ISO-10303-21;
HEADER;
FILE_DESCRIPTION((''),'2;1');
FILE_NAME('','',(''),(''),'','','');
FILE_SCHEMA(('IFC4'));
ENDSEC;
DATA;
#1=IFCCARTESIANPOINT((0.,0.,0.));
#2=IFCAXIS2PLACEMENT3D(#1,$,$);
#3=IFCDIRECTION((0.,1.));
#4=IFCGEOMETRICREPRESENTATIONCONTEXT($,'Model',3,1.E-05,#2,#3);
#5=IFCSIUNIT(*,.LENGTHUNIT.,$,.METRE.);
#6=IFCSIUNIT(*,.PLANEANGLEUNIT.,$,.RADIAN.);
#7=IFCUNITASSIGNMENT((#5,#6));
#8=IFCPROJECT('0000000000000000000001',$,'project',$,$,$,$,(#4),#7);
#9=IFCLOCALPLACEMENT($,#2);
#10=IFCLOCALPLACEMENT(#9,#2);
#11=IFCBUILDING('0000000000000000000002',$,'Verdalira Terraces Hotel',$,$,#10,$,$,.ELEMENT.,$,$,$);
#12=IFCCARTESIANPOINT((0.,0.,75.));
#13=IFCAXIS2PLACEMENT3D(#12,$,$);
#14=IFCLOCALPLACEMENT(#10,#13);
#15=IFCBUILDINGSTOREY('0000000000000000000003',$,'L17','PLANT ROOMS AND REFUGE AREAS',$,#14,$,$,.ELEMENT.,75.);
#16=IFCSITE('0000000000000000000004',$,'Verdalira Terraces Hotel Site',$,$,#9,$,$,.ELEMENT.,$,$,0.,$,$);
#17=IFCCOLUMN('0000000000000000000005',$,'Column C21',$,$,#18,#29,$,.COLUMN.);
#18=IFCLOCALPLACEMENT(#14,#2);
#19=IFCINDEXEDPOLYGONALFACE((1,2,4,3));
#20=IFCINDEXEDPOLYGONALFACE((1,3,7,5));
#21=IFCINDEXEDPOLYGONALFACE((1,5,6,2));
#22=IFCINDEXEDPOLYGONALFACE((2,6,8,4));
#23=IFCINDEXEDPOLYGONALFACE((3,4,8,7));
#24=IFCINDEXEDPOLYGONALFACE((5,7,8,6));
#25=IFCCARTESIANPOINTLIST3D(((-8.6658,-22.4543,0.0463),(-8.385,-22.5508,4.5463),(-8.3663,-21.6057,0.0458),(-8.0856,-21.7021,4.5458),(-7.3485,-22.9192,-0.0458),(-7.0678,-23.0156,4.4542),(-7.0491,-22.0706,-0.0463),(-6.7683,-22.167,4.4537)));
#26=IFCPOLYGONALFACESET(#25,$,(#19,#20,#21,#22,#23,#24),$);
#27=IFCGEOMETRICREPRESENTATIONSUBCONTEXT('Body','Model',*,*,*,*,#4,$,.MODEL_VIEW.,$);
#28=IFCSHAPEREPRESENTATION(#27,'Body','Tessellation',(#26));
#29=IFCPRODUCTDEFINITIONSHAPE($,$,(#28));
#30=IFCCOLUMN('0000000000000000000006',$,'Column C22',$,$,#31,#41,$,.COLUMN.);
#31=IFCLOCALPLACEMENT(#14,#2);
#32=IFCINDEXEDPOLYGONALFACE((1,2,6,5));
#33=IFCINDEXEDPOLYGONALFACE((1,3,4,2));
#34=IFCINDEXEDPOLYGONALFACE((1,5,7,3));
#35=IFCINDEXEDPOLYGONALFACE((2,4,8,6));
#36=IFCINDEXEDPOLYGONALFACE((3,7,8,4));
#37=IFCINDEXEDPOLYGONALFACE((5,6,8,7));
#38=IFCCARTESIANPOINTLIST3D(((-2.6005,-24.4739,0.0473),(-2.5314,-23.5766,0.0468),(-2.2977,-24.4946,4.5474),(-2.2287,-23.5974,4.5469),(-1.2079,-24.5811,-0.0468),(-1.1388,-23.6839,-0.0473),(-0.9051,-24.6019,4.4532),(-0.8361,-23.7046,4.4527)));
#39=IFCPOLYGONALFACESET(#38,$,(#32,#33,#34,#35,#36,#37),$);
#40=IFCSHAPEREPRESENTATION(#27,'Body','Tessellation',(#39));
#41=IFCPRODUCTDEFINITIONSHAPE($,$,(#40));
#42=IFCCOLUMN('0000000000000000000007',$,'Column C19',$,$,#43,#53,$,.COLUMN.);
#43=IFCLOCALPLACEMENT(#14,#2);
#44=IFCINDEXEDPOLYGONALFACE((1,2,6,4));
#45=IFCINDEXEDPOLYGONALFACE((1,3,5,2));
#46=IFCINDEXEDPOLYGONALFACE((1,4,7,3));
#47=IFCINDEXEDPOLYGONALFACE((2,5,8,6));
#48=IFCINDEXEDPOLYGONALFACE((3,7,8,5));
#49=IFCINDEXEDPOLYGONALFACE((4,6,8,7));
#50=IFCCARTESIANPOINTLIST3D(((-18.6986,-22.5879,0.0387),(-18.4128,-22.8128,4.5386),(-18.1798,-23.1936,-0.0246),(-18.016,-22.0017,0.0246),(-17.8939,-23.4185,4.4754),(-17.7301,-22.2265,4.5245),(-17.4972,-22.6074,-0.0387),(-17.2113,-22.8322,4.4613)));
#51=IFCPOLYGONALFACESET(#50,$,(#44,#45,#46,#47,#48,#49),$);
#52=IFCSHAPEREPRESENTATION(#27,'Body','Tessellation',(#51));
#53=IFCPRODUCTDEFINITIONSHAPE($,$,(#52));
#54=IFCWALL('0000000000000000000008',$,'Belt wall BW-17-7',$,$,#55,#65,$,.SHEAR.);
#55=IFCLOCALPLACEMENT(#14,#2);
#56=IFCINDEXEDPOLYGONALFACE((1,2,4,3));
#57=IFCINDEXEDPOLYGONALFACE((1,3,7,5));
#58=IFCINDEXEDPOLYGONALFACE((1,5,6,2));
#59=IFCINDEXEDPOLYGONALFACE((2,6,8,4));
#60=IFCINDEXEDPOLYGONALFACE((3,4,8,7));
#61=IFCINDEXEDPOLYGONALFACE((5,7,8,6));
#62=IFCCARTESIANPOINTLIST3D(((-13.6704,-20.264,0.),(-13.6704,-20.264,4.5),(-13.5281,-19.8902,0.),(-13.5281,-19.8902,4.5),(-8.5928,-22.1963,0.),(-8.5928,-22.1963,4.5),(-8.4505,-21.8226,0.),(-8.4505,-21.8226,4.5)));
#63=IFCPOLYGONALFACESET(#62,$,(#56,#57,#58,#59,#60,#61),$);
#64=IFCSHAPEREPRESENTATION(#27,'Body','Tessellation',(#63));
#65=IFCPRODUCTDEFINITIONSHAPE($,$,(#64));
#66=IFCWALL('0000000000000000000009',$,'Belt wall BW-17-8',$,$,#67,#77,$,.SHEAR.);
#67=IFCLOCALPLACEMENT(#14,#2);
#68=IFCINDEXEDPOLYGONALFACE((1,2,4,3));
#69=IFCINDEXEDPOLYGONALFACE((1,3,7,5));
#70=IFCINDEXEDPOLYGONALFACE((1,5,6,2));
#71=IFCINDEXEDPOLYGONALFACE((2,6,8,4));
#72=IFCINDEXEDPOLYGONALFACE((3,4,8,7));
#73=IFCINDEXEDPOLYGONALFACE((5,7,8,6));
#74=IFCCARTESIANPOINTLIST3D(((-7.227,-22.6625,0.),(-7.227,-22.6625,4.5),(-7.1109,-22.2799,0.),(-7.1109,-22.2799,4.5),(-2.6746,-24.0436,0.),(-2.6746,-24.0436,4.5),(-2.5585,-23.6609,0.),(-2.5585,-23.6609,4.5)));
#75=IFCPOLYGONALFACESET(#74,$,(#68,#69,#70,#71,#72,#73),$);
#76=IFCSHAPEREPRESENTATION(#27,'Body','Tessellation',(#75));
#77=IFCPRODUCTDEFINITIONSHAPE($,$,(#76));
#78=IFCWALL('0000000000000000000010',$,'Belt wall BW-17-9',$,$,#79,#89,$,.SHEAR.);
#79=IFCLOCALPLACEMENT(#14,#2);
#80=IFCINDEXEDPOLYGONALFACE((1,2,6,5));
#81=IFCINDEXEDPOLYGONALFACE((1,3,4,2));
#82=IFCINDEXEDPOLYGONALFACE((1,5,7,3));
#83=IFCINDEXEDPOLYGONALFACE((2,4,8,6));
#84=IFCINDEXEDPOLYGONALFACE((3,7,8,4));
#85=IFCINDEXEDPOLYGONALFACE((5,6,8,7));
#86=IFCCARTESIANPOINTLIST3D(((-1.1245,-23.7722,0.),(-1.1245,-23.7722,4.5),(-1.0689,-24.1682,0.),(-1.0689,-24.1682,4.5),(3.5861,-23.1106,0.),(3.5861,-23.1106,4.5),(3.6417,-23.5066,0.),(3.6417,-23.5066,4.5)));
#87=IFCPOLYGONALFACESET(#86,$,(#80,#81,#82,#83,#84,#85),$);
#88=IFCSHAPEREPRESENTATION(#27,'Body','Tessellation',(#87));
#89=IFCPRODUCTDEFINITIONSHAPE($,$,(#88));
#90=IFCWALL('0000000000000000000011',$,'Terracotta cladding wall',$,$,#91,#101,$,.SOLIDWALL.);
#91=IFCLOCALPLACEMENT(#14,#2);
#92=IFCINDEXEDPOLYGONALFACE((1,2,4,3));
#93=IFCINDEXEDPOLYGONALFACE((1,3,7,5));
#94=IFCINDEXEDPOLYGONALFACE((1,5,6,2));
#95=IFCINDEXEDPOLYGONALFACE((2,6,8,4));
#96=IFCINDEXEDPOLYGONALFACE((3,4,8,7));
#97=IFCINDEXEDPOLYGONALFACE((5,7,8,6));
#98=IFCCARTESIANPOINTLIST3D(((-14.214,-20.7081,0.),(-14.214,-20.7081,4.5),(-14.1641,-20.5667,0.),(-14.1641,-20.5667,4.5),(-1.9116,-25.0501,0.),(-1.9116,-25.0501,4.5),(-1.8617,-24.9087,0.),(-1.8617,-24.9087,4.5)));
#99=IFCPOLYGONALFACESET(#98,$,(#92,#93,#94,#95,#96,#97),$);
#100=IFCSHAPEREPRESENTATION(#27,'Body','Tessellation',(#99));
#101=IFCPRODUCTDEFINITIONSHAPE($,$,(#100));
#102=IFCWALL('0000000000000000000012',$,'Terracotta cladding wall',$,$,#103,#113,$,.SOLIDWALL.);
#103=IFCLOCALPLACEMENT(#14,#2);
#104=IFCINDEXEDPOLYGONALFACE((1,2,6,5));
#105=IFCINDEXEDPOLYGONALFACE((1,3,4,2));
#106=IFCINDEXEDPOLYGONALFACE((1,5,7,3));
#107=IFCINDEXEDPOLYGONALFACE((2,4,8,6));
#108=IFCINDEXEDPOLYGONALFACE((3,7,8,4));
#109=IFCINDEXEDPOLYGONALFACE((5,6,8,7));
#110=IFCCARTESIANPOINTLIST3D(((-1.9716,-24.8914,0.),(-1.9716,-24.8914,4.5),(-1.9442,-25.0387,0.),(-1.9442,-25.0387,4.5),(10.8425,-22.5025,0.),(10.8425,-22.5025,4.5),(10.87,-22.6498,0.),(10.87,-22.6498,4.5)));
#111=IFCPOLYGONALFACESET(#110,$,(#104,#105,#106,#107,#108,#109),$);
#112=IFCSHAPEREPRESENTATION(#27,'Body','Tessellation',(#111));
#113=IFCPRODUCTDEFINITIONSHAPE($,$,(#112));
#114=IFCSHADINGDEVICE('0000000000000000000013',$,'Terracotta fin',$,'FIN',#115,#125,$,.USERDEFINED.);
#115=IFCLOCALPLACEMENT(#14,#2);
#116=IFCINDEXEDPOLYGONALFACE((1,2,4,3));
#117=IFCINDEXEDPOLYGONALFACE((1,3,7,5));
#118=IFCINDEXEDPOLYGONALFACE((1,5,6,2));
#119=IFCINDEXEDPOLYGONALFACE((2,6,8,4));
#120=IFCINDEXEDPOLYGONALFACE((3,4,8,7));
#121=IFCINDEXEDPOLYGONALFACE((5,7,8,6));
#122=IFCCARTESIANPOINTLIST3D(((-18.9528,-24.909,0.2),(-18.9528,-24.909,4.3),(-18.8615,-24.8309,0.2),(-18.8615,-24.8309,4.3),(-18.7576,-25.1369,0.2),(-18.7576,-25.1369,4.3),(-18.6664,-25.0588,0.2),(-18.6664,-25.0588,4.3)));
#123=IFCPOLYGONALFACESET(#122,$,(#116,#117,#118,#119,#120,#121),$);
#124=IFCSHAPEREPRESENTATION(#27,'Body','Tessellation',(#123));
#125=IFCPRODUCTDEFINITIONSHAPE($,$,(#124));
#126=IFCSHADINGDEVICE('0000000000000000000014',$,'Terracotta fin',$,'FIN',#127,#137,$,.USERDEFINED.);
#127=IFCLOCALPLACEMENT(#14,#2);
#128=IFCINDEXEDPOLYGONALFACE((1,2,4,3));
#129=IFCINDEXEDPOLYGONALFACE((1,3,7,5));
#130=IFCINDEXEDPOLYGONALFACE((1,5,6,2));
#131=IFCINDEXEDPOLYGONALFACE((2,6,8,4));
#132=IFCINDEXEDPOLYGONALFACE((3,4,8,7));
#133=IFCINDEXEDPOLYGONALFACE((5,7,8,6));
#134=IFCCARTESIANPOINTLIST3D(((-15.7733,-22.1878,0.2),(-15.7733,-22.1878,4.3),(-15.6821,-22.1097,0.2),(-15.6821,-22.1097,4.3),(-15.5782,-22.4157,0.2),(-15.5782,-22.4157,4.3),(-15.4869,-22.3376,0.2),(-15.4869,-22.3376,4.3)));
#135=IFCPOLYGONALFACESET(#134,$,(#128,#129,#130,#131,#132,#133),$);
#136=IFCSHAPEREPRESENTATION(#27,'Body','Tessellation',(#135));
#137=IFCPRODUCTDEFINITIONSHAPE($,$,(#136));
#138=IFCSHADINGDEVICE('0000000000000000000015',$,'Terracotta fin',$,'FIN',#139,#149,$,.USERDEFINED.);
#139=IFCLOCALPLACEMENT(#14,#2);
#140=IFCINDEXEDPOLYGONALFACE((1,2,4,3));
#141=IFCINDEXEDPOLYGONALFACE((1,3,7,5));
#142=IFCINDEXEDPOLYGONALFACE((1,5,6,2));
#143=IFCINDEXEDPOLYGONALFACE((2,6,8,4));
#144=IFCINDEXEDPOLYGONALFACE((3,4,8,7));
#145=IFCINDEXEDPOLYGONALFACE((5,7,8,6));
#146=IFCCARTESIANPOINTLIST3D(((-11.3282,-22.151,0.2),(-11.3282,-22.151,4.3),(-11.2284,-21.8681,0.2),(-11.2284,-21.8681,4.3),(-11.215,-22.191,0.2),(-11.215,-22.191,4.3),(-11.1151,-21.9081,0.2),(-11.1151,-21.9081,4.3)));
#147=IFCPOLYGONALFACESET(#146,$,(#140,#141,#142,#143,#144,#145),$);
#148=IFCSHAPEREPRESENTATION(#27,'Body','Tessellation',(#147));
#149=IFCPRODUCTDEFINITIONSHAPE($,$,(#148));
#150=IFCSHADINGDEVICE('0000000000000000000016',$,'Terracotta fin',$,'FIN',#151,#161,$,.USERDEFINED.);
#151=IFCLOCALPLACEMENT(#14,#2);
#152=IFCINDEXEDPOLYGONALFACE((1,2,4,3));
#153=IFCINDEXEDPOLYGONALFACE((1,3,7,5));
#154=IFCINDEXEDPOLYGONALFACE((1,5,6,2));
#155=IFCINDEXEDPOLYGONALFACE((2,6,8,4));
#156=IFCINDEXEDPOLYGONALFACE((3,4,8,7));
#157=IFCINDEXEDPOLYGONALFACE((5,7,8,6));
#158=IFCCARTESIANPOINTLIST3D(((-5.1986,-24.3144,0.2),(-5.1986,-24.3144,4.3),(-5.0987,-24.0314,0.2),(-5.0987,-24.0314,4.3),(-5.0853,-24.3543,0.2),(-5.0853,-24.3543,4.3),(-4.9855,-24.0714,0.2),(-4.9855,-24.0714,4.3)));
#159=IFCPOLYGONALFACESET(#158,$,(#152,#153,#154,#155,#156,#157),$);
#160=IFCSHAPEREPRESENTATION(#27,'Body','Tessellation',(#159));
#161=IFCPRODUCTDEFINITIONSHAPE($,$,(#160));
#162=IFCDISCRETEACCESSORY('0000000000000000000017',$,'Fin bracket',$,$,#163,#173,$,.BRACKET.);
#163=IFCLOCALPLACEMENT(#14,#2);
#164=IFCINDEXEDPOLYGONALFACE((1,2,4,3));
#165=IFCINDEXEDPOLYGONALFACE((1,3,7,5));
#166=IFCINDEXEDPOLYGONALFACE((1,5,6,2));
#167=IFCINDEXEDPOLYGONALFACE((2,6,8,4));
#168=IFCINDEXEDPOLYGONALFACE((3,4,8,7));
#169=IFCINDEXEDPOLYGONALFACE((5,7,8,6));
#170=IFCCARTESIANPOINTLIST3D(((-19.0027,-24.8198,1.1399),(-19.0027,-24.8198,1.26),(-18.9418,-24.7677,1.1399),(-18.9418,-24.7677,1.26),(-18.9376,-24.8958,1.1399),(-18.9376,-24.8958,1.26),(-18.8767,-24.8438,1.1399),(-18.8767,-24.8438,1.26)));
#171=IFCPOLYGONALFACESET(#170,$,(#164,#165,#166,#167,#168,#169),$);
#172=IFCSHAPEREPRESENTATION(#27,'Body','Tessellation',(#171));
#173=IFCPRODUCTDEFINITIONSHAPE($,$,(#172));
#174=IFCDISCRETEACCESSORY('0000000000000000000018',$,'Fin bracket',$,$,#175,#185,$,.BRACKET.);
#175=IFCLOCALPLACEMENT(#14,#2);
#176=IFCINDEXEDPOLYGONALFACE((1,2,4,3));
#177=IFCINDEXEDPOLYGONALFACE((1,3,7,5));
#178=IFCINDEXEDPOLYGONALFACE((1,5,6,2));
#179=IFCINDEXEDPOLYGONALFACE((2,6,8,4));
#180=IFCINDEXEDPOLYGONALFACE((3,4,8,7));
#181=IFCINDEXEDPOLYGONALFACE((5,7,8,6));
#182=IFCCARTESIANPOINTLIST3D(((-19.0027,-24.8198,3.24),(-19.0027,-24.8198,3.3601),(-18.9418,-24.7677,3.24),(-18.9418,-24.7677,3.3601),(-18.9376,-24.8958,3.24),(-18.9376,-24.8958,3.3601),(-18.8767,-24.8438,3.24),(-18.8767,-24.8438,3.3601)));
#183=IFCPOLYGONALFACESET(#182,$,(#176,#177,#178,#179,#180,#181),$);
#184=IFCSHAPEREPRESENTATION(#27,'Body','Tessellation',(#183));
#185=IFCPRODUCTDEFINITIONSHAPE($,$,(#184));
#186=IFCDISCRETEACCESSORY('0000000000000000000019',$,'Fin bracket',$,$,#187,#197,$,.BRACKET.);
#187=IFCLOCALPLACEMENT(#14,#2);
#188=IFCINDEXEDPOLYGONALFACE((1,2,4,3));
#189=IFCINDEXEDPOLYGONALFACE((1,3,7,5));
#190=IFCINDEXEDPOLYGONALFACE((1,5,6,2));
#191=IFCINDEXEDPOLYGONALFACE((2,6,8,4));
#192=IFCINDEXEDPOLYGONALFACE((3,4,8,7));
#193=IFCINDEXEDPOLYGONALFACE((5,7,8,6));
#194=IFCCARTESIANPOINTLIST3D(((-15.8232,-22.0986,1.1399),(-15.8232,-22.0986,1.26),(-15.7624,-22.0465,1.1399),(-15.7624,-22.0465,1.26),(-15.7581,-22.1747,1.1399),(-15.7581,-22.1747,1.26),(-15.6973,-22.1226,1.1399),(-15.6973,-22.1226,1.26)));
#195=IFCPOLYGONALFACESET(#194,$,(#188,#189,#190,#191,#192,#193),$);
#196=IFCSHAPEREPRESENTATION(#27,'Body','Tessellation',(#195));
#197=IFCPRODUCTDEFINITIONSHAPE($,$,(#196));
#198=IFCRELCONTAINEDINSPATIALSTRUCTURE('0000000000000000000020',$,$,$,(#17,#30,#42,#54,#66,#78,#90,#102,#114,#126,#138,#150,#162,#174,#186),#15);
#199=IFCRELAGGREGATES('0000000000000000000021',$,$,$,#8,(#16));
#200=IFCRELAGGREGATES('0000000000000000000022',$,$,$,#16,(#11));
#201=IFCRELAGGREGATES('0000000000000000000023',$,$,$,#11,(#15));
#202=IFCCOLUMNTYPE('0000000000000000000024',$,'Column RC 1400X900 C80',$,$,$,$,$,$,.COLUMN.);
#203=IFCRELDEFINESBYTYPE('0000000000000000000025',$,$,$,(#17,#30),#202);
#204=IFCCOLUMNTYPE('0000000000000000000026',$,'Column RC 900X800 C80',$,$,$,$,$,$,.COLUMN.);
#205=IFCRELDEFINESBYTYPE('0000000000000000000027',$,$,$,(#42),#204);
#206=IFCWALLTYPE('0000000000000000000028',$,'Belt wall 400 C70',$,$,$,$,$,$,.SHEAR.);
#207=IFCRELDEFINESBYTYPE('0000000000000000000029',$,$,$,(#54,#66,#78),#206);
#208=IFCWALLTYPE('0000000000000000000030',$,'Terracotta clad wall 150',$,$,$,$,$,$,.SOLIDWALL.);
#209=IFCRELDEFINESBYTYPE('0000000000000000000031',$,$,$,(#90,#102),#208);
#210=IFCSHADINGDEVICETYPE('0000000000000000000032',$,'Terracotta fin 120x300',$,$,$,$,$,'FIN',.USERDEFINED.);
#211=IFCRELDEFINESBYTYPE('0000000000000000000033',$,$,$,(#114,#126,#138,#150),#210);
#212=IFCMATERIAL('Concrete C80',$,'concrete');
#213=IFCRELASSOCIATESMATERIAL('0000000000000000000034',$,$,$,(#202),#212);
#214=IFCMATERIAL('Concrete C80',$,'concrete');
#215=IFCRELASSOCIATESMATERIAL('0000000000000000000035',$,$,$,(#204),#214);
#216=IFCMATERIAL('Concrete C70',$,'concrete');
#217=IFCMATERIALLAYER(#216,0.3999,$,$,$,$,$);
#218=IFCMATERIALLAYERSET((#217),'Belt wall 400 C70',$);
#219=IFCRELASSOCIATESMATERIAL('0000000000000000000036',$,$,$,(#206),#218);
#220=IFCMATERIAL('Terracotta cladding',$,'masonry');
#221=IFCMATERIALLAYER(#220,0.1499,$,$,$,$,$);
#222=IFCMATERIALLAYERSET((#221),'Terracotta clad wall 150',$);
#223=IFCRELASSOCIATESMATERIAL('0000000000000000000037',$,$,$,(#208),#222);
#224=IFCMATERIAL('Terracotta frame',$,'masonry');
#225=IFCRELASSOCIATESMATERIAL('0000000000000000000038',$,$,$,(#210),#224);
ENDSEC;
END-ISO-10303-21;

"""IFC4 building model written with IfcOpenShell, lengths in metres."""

from ifc_helpers import new_model, si_unit, direction, frame, frame_2d, origin, origin_2d, place, context, subcontext, project, spatial, rectangle, extrude, material, layer, layer_set, material_profile, profile_set, type_object, element, save


model = new_model("IFC4")

# Units and contexts
model_context = context("Model", 3, precision=1e-05, world=origin(), true_north=direction((0.0, 1.0)))
body_context = subcontext(model_context, "Body", "Model", "MODEL_VIEW")
ifc_project = project(units=[si_unit("LENGTHUNIT", "METRE"), si_unit("PLANEANGLEUNIT", "RADIAN")], contexts=[model_context])

# Site, building, storey
site_placement = place(None, origin())
site = spatial("IfcSite", under=ifc_project, at=site_placement, Name="Verdalira Terraces Hotel Site", CompositionType="ELEMENT", RefElevation=0.0)
building_placement = place(site_placement, origin())
building = spatial("IfcBuilding", under=site, at=building_placement, Name="Verdalira Terraces Hotel", CompositionType="ELEMENT")
storey_placement = place(building_placement, frame((0.0, 0.0, 75.0)))
storey = spatial("IfcBuildingStorey", under=building, at=storey_placement, Name="L17", Description="PLANT ROOMS AND REFUGE AREAS", CompositionType="ELEMENT", Elevation=75.0)

# Columns
ifc_material_1 = material(Name="Concrete C80", Category="concrete")
ifc_material_profile_1 = material_profile(ifc_material_1, rectangle(XDim=1.3999, YDim=0.8999, at=origin_2d()), Name="RC 1400X900")
ifc_profile_set_1 = profile_set([ifc_material_profile_1], Name="Concrete C80")
column_type_1 = type_object("IfcColumnType", Name="Column RC 1400X900 C80", PredefinedType="COLUMN", material=ifc_profile_set_1)
column_1_placement = place(storey_placement, frame((-7.8574, -22.2625, 0.0), z_axis=(0.062256, -0.021384, 0.997831), x_axis=(0.940954, -0.332074, -0.065824)))
element("IfcColumn", 1, at=column_1_placement, inside=storey, type_object=column_type_1, Name="Column C21", PredefinedType="COLUMN", context=body_context, shape_type="SweptSolid", body=[
    extrude(rectangle(XDim=1.3999, YDim=0.8999, at=origin_2d()), origin(), (0.0, 0.0, 1.0), 4.5098),
])
column_2_placement = place(storey_placement, frame((-1.8696, -24.0789, 0.0), z_axis=(0.067122, -0.004601, 0.997734), x_axis=(-0.994789, 0.076608, 0.067277)))
element("IfcColumn", 2, at=column_2_placement, inside=storey, type_object=column_type_1, Name="Column C22", PredefinedType="COLUMN", context=body_context, shape_type="SweptSolid", body=[
    extrude(rectangle(XDim=1.3999, YDim=0.8999, at=origin_2d()), origin(), (0.0, 0.0, 1.0), 4.5103),
])
ifc_material_2 = material(Name="Concrete C80", Category="concrete")
ifc_material_profile_2 = material_profile(ifc_material_2, rectangle(XDim=0.8999, YDim=0.8, at=origin_2d()), Name="RC 900X800")
ifc_profile_set_2 = profile_set([ifc_material_profile_2], Name="Concrete C80")
column_type_2 = type_object("IfcColumnType", Name="Column RC 900X800 C80", PredefinedType="COLUMN", material=ifc_profile_set_2)
column_3_placement = place(storey_placement, frame((-18.0979, -22.5977, 0.0), z_axis=(0.063324, -0.049805, 0.996749), x_axis=(0.758542, 0.651436, -0.01564)))
element("IfcColumn", 3, at=column_3_placement, inside=storey, type_object=column_type_2, Name="Column C19", PredefinedType="COLUMN", context=body_context, shape_type="SweptSolid", body=[
    extrude(rectangle(XDim=0.8999, YDim=0.8, at=origin_2d()), origin(), (0.0, 0.0, 1.0), 4.5146),
])

# Walls
ifc_material_3 = material(Name="Concrete C70", Category="concrete")
ifc_layer_1 = layer(ifc_material_3, 0.3999)
ifc_layer_set_1 = layer_set([ifc_layer_1], Name="Belt wall 400 C70")
wall_type_1 = type_object("IfcWallType", Name="Belt wall 400 C70", PredefinedType="SHEAR", material=ifc_layer_set_1)
wall_1_placement = place(storey_placement, frame((-13.5991, -20.0771, 0.0), z_axis=(0.0, 0.0, 1.0), x_axis=(0.934608, -0.355679, 0.0)))
element("IfcWall", 4, at=wall_1_placement, inside=storey, type_object=wall_type_1, Name="Belt wall BW-17-7", PredefinedType="SHEAR", context=body_context, shape_type="SweptSolid", body=[
    extrude(rectangle(XDim=5.4329, YDim=0.3999, at=frame_2d((2.7163, 0.0))), origin(), (0.0, 0.0, 1.0), 4.5),
])
wall_2_placement = place(storey_placement, frame((-7.1689, -22.4712, 0.0), z_axis=(0.0, 0.0, 1.0), x_axis=(0.956933, -0.290308, 0.0)))
element("IfcWall", 5, at=wall_2_placement, inside=storey, type_object=wall_type_1, Name="Belt wall BW-17-8", PredefinedType="SHEAR", context=body_context, shape_type="SweptSolid", body=[
    extrude(rectangle(XDim=4.7573, YDim=0.3999, at=frame_2d((2.3787, 0.0))), origin(), (0.0, 0.0, 1.0), 4.5),
])
wall_3_placement = place(storey_placement, frame((-1.0967, -23.9702, 0.0), z_axis=(0.0, 0.0, 1.0), x_axis=(0.99028, 0.139086, 0.0)))
element("IfcWall", 6, at=wall_3_placement, inside=storey, type_object=wall_type_1, Name="Belt wall BW-17-9", PredefinedType="SHEAR", context=body_context, shape_type="SweptSolid", body=[
    extrude(rectangle(XDim=4.7568, YDim=0.3999, at=frame_2d((2.3784, 0.0))), origin(), (0.0, 0.0, 1.0), 4.5),
])
ifc_material_4 = material(Name="Terracotta cladding", Category="masonry")
ifc_layer_2 = layer(ifc_material_4, 0.1499)
ifc_layer_set_2 = layer_set([ifc_layer_2], Name="Terracotta clad wall 150")
wall_type_2 = type_object("IfcWallType", Name="Terracotta clad wall 150", PredefinedType="SOLIDWALL", material=ifc_layer_set_2)
wall_4_placement = place(storey_placement, frame((-14.189, -20.6375, 0.0), z_axis=(0.0, 0.0, 1.0), x_axis=(0.942991, -0.332819, 0.0)))
element("IfcWall", 7, at=wall_4_placement, inside=storey, type_object=wall_type_2, Name="Terracotta cladding wall", PredefinedType="SOLIDWALL", context=body_context, shape_type="SweptSolid", body=[
    extrude(rectangle(XDim=13.0461, YDim=0.1499, at=frame_2d((6.5229, 0.0))), origin(), (0.0, 0.0, 1.0), 4.5),
])
wall_5_placement = place(storey_placement, frame((-1.958, -24.9651, 0.0), z_axis=(0.0, 0.0, 1.0), x_axis=(0.983063, 0.18327, 0.0)))
element("IfcWall", 8, at=wall_5_placement, inside=storey, type_object=wall_type_2, Name="Terracotta cladding wall", PredefinedType="SOLIDWALL", context=body_context, shape_type="SweptSolid", body=[
    extrude(rectangle(XDim=13.0349, YDim=0.1499, at=frame_2d((6.5176, 0.0))), origin(), (0.0, 0.0, 1.0), 4.5),
])

# Shading devices
ifc_material_5 = material(Name="Terracotta frame", Category="masonry")
ifc_material_profile_3 = material_profile(ifc_material_5, rectangle(XDim=0.1201, YDim=0.3, at=origin_2d()), Name="FIN 120x300")
ifc_profile_set_3 = profile_set([ifc_material_profile_3], Name="Terracotta frame")
shading_device_type = type_object("IfcShadingDeviceType", Name="Terracotta fin 120x300", ElementType="FIN", PredefinedType="USERDEFINED", material=ifc_profile_set_3)
for number, where, z_axis, x_axis, name in (
    (9, (-18.8096, -24.9839, 0.2), (0.0, 0.0, 1.0), (0.759725, 0.650244, 0.0), "Terracotta fin"),
    (10, (-15.6301, -22.2627, 0.2), (0.0, 0.0, 1.0), (0.759725, 0.650244, 0.0), "Terracotta fin"),
    (11, (-11.2217, -22.0295, 0.2), (0.0, 0.0, 1.0), (0.942991, -0.33282, 0.0), "Terracotta fin"),
    (12, (-5.092, -24.1929, 0.2), (0.0, 0.0, 1.0), (0.942991, -0.33282, 0.0), "Terracotta fin"),
):
    element("IfcShadingDevice", number, at=place(storey_placement, frame(where, z_axis=z_axis, x_axis=x_axis)), inside=storey, type_object=shading_device_type, Name=name, ObjectType="FIN", PredefinedType="USERDEFINED", context=body_context, shape_type="SweptSolid", body=[
        extrude(rectangle(XDim=0.1201, YDim=0.3, at=origin_2d()), origin(), (0.0, 0.0, 1.0), 4.1001),
    ])

# Discrete accessories
for number, where, z_axis, x_axis, name in (
    (13, (-18.9397, -24.8318, 1.1399), (0.0, 0.0, 1.0), (0.759725, 0.650244, 0.0), "Fin bracket"),
    (14, (-18.9397, -24.8318, 3.24), (0.0, 0.0, 1.0), (0.759725, 0.650244, 0.0), "Fin bracket"),
    (15, (-15.7603, -22.1106, 1.1399), (0.0, 0.0, 1.0), (0.759725, 0.650244, 0.0), "Fin bracket"),
):
    element("IfcDiscreteAccessory", number, at=place(storey_placement, frame(where, z_axis=z_axis, x_axis=x_axis)), inside=storey, Name=name, PredefinedType="BRACKET", context=body_context, shape_type="SweptSolid", body=[
        extrude(rectangle(XDim=0.0801, YDim=0.1001, at=origin_2d()), origin(), (0.0, 0.0, 1.0), 0.1201),
    ])

save(model, "model.ifc")
